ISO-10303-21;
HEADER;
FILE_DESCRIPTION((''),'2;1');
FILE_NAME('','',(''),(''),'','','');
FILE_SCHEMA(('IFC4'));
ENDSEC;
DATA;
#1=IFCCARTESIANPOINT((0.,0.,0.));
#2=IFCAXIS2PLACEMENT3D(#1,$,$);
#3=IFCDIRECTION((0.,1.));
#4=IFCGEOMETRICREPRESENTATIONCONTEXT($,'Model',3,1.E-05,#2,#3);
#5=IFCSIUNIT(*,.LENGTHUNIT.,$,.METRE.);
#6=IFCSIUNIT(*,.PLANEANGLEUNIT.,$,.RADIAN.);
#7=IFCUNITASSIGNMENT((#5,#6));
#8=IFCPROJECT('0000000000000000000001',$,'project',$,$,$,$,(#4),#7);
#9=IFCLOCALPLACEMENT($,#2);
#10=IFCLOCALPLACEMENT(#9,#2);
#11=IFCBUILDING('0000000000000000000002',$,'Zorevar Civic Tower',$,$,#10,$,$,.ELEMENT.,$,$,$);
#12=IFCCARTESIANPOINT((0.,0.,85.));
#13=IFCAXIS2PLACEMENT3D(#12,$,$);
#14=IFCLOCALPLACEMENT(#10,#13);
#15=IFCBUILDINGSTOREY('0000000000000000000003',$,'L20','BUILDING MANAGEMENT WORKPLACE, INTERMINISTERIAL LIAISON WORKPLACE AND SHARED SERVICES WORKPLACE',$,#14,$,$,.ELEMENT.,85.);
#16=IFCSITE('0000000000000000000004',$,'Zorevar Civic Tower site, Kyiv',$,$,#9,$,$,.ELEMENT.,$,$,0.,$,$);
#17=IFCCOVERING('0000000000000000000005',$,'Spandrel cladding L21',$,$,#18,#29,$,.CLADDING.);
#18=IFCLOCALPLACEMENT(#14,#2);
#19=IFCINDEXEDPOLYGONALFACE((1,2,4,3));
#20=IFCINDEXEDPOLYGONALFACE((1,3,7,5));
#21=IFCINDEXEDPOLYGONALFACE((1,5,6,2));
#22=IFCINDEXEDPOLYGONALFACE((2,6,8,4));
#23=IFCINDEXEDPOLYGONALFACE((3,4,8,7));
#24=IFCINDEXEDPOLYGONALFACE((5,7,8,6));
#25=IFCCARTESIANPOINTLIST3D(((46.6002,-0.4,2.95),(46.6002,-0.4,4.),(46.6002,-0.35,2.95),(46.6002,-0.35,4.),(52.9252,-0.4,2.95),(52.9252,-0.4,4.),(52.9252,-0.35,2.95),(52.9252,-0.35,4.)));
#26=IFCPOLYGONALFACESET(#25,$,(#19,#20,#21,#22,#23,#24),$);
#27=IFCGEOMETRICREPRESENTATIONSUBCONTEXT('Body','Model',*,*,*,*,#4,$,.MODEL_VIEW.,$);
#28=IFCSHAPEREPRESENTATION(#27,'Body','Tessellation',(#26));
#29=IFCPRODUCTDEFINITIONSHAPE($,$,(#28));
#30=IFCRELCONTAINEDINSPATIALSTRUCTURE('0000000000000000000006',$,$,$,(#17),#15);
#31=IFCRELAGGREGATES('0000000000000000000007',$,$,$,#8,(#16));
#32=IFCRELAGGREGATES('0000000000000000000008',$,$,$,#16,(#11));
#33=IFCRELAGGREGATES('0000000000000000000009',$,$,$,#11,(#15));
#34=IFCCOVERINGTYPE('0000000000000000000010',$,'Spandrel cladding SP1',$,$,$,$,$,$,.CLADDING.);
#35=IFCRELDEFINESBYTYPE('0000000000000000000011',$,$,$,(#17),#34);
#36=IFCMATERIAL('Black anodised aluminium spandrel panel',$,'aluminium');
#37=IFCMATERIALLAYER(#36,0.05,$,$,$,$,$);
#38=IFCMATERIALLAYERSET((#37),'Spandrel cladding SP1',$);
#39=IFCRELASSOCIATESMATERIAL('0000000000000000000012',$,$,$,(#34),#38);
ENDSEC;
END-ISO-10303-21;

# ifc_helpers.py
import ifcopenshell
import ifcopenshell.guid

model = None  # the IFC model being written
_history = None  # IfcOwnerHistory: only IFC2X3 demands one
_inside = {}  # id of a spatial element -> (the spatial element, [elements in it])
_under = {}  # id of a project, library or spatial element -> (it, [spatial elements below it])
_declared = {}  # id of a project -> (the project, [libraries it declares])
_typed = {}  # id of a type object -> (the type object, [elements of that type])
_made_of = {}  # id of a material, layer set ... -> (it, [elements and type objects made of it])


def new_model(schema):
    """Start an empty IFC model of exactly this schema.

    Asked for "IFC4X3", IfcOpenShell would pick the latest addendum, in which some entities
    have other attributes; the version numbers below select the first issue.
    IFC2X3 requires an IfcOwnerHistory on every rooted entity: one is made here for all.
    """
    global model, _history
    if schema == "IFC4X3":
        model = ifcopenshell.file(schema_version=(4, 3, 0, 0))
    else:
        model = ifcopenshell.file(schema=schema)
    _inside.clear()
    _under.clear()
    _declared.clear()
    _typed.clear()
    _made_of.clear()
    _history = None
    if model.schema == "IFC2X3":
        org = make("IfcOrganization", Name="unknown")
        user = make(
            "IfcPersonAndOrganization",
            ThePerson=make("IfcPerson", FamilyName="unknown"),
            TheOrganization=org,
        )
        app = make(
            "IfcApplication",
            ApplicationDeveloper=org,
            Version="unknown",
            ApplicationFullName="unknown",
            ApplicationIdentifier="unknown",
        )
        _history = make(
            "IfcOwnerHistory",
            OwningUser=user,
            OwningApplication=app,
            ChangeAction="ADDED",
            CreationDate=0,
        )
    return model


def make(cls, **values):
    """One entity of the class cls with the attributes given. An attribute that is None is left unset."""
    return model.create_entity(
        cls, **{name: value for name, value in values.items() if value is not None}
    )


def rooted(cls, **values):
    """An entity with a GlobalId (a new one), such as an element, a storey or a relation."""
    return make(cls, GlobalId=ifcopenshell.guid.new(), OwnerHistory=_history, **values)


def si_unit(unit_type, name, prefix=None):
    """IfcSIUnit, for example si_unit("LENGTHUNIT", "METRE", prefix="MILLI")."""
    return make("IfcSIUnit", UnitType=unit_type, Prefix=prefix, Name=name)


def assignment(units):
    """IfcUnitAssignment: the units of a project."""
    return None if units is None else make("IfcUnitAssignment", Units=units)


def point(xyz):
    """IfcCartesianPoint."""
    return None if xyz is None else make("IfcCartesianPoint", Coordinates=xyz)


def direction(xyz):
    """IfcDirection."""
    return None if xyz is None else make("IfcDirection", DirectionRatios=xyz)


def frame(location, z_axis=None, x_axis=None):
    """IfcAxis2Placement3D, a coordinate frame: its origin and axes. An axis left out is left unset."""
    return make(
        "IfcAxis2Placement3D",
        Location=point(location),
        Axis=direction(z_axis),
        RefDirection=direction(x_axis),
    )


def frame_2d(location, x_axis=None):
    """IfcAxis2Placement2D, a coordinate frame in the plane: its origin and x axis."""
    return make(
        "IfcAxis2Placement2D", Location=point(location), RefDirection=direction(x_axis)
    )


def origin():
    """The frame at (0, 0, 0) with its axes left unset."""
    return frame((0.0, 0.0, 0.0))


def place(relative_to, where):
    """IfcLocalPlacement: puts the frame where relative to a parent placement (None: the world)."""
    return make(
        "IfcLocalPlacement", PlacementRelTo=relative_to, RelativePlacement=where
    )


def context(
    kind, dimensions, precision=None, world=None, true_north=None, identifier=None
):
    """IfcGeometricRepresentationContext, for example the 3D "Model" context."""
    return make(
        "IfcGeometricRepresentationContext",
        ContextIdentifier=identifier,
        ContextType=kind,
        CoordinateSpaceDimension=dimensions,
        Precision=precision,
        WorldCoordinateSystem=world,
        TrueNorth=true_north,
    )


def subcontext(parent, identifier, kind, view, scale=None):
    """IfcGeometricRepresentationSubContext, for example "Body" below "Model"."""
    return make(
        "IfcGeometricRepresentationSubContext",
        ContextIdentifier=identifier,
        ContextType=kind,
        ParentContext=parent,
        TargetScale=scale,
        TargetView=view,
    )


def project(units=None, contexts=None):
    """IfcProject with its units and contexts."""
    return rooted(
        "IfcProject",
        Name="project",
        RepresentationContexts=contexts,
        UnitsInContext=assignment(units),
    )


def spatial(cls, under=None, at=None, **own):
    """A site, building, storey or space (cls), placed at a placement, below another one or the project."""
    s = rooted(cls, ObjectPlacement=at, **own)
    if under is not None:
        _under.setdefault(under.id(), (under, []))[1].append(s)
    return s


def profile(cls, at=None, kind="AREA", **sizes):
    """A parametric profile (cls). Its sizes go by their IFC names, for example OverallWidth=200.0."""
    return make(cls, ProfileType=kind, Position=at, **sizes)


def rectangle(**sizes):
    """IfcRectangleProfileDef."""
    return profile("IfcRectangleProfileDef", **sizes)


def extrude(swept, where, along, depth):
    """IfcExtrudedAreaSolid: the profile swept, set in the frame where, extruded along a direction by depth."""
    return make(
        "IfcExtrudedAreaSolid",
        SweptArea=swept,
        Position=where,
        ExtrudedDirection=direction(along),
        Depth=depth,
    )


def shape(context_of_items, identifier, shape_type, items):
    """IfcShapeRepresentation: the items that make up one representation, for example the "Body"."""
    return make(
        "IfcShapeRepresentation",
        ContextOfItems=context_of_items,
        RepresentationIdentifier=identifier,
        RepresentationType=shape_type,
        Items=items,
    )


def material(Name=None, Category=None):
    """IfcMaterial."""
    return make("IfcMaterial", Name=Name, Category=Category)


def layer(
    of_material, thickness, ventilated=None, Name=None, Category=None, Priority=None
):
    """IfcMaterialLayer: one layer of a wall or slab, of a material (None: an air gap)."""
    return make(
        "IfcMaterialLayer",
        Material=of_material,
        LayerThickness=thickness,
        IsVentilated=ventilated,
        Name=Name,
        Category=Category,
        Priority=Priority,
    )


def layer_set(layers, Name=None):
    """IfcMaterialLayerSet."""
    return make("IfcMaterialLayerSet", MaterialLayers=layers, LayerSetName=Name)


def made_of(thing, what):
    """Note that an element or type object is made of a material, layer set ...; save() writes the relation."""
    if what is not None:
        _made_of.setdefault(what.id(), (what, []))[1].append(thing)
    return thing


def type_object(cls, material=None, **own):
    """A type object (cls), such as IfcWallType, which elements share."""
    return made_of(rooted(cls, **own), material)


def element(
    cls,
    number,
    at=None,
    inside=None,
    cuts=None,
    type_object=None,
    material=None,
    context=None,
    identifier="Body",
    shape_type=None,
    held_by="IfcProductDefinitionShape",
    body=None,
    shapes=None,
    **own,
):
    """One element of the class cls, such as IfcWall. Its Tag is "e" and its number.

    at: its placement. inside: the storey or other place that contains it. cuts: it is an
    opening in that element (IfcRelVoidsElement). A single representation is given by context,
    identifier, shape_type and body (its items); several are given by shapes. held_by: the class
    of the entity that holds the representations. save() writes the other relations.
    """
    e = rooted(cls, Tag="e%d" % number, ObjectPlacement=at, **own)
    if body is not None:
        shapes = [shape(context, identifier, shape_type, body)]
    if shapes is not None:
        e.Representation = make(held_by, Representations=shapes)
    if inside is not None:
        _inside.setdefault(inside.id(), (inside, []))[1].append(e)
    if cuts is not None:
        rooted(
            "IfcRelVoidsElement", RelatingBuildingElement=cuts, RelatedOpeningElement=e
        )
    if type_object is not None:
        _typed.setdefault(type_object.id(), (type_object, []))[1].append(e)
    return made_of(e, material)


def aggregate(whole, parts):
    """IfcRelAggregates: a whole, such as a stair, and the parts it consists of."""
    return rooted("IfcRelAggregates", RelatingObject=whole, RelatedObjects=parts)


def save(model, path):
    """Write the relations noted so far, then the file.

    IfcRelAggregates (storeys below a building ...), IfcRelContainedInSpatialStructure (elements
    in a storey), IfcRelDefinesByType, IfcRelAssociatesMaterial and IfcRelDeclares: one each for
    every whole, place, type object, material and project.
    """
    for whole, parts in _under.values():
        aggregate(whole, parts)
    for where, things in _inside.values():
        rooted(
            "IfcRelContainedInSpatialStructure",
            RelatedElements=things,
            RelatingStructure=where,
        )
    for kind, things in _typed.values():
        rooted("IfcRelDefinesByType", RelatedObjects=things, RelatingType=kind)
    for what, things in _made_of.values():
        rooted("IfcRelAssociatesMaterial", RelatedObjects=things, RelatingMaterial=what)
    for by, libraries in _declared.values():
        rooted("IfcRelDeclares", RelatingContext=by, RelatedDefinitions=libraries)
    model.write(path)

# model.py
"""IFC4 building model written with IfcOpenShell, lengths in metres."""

from ifc_helpers import new_model, si_unit, direction, frame, frame_2d, origin, place, context, subcontext, project, spatial, rectangle, extrude, material, layer, layer_set, type_object, element, save


model = new_model("IFC4")

# Units and contexts
model_context = context("Model", 3, precision=1e-05, world=origin(), true_north=direction((0.0, 1.0)))
body_context = subcontext(model_context, "Body", "Model", "MODEL_VIEW")
ifc_project = project(units=[si_unit("LENGTHUNIT", "METRE"), si_unit("PLANEANGLEUNIT", "RADIAN")], contexts=[model_context])

# Site, building, storey
site_placement = place(None, origin())
site = spatial("IfcSite", under=ifc_project, at=site_placement, Name="Zorevar Civic Tower site, Kyiv", CompositionType="ELEMENT", RefElevation=0.0)
building_placement = place(site_placement, origin())
building = spatial("IfcBuilding", under=site, at=building_placement, Name="Zorevar Civic Tower", CompositionType="ELEMENT")
storey_placement = place(building_placement, frame((0.0, 0.0, 85.0)))
storey = spatial("IfcBuildingStorey", under=building, at=storey_placement, Name="L20", Description="BUILDING MANAGEMENT WORKPLACE, INTERMINISTERIAL LIAISON WORKPLACE AND SHARED SERVICES WORKPLACE", CompositionType="ELEMENT", Elevation=85.0)

# Covering
ifc_material_1 = material(Name="Black anodised aluminium spandrel panel", Category="aluminium")
ifc_layer_1 = layer(ifc_material_1, 0.05)
ifc_layer_set_1 = layer_set([ifc_layer_1], Name="Spandrel cladding SP1")
covering_type = type_object("IfcCoveringType", Name="Spandrel cladding SP1", PredefinedType="CLADDING", material=ifc_layer_set_1)
covering_placement = place(storey_placement, frame((46.6001, -0.375, 2.95), z_axis=(0.0, 0.0, 1.0), x_axis=(1.0, 0.0, 0.0)))
element("IfcCovering", 1, at=covering_placement, inside=storey, type_object=covering_type, Name="Spandrel cladding L21", PredefinedType="CLADDING", context=body_context, shape_type="SweptSolid", body=[
    extrude(rectangle(XDim=6.325, YDim=0.05, at=frame_2d((3.1626, 0.0))), origin(), (0.0, 0.0, 1.0), 1.05),
])

save(model, "model.ifc")
